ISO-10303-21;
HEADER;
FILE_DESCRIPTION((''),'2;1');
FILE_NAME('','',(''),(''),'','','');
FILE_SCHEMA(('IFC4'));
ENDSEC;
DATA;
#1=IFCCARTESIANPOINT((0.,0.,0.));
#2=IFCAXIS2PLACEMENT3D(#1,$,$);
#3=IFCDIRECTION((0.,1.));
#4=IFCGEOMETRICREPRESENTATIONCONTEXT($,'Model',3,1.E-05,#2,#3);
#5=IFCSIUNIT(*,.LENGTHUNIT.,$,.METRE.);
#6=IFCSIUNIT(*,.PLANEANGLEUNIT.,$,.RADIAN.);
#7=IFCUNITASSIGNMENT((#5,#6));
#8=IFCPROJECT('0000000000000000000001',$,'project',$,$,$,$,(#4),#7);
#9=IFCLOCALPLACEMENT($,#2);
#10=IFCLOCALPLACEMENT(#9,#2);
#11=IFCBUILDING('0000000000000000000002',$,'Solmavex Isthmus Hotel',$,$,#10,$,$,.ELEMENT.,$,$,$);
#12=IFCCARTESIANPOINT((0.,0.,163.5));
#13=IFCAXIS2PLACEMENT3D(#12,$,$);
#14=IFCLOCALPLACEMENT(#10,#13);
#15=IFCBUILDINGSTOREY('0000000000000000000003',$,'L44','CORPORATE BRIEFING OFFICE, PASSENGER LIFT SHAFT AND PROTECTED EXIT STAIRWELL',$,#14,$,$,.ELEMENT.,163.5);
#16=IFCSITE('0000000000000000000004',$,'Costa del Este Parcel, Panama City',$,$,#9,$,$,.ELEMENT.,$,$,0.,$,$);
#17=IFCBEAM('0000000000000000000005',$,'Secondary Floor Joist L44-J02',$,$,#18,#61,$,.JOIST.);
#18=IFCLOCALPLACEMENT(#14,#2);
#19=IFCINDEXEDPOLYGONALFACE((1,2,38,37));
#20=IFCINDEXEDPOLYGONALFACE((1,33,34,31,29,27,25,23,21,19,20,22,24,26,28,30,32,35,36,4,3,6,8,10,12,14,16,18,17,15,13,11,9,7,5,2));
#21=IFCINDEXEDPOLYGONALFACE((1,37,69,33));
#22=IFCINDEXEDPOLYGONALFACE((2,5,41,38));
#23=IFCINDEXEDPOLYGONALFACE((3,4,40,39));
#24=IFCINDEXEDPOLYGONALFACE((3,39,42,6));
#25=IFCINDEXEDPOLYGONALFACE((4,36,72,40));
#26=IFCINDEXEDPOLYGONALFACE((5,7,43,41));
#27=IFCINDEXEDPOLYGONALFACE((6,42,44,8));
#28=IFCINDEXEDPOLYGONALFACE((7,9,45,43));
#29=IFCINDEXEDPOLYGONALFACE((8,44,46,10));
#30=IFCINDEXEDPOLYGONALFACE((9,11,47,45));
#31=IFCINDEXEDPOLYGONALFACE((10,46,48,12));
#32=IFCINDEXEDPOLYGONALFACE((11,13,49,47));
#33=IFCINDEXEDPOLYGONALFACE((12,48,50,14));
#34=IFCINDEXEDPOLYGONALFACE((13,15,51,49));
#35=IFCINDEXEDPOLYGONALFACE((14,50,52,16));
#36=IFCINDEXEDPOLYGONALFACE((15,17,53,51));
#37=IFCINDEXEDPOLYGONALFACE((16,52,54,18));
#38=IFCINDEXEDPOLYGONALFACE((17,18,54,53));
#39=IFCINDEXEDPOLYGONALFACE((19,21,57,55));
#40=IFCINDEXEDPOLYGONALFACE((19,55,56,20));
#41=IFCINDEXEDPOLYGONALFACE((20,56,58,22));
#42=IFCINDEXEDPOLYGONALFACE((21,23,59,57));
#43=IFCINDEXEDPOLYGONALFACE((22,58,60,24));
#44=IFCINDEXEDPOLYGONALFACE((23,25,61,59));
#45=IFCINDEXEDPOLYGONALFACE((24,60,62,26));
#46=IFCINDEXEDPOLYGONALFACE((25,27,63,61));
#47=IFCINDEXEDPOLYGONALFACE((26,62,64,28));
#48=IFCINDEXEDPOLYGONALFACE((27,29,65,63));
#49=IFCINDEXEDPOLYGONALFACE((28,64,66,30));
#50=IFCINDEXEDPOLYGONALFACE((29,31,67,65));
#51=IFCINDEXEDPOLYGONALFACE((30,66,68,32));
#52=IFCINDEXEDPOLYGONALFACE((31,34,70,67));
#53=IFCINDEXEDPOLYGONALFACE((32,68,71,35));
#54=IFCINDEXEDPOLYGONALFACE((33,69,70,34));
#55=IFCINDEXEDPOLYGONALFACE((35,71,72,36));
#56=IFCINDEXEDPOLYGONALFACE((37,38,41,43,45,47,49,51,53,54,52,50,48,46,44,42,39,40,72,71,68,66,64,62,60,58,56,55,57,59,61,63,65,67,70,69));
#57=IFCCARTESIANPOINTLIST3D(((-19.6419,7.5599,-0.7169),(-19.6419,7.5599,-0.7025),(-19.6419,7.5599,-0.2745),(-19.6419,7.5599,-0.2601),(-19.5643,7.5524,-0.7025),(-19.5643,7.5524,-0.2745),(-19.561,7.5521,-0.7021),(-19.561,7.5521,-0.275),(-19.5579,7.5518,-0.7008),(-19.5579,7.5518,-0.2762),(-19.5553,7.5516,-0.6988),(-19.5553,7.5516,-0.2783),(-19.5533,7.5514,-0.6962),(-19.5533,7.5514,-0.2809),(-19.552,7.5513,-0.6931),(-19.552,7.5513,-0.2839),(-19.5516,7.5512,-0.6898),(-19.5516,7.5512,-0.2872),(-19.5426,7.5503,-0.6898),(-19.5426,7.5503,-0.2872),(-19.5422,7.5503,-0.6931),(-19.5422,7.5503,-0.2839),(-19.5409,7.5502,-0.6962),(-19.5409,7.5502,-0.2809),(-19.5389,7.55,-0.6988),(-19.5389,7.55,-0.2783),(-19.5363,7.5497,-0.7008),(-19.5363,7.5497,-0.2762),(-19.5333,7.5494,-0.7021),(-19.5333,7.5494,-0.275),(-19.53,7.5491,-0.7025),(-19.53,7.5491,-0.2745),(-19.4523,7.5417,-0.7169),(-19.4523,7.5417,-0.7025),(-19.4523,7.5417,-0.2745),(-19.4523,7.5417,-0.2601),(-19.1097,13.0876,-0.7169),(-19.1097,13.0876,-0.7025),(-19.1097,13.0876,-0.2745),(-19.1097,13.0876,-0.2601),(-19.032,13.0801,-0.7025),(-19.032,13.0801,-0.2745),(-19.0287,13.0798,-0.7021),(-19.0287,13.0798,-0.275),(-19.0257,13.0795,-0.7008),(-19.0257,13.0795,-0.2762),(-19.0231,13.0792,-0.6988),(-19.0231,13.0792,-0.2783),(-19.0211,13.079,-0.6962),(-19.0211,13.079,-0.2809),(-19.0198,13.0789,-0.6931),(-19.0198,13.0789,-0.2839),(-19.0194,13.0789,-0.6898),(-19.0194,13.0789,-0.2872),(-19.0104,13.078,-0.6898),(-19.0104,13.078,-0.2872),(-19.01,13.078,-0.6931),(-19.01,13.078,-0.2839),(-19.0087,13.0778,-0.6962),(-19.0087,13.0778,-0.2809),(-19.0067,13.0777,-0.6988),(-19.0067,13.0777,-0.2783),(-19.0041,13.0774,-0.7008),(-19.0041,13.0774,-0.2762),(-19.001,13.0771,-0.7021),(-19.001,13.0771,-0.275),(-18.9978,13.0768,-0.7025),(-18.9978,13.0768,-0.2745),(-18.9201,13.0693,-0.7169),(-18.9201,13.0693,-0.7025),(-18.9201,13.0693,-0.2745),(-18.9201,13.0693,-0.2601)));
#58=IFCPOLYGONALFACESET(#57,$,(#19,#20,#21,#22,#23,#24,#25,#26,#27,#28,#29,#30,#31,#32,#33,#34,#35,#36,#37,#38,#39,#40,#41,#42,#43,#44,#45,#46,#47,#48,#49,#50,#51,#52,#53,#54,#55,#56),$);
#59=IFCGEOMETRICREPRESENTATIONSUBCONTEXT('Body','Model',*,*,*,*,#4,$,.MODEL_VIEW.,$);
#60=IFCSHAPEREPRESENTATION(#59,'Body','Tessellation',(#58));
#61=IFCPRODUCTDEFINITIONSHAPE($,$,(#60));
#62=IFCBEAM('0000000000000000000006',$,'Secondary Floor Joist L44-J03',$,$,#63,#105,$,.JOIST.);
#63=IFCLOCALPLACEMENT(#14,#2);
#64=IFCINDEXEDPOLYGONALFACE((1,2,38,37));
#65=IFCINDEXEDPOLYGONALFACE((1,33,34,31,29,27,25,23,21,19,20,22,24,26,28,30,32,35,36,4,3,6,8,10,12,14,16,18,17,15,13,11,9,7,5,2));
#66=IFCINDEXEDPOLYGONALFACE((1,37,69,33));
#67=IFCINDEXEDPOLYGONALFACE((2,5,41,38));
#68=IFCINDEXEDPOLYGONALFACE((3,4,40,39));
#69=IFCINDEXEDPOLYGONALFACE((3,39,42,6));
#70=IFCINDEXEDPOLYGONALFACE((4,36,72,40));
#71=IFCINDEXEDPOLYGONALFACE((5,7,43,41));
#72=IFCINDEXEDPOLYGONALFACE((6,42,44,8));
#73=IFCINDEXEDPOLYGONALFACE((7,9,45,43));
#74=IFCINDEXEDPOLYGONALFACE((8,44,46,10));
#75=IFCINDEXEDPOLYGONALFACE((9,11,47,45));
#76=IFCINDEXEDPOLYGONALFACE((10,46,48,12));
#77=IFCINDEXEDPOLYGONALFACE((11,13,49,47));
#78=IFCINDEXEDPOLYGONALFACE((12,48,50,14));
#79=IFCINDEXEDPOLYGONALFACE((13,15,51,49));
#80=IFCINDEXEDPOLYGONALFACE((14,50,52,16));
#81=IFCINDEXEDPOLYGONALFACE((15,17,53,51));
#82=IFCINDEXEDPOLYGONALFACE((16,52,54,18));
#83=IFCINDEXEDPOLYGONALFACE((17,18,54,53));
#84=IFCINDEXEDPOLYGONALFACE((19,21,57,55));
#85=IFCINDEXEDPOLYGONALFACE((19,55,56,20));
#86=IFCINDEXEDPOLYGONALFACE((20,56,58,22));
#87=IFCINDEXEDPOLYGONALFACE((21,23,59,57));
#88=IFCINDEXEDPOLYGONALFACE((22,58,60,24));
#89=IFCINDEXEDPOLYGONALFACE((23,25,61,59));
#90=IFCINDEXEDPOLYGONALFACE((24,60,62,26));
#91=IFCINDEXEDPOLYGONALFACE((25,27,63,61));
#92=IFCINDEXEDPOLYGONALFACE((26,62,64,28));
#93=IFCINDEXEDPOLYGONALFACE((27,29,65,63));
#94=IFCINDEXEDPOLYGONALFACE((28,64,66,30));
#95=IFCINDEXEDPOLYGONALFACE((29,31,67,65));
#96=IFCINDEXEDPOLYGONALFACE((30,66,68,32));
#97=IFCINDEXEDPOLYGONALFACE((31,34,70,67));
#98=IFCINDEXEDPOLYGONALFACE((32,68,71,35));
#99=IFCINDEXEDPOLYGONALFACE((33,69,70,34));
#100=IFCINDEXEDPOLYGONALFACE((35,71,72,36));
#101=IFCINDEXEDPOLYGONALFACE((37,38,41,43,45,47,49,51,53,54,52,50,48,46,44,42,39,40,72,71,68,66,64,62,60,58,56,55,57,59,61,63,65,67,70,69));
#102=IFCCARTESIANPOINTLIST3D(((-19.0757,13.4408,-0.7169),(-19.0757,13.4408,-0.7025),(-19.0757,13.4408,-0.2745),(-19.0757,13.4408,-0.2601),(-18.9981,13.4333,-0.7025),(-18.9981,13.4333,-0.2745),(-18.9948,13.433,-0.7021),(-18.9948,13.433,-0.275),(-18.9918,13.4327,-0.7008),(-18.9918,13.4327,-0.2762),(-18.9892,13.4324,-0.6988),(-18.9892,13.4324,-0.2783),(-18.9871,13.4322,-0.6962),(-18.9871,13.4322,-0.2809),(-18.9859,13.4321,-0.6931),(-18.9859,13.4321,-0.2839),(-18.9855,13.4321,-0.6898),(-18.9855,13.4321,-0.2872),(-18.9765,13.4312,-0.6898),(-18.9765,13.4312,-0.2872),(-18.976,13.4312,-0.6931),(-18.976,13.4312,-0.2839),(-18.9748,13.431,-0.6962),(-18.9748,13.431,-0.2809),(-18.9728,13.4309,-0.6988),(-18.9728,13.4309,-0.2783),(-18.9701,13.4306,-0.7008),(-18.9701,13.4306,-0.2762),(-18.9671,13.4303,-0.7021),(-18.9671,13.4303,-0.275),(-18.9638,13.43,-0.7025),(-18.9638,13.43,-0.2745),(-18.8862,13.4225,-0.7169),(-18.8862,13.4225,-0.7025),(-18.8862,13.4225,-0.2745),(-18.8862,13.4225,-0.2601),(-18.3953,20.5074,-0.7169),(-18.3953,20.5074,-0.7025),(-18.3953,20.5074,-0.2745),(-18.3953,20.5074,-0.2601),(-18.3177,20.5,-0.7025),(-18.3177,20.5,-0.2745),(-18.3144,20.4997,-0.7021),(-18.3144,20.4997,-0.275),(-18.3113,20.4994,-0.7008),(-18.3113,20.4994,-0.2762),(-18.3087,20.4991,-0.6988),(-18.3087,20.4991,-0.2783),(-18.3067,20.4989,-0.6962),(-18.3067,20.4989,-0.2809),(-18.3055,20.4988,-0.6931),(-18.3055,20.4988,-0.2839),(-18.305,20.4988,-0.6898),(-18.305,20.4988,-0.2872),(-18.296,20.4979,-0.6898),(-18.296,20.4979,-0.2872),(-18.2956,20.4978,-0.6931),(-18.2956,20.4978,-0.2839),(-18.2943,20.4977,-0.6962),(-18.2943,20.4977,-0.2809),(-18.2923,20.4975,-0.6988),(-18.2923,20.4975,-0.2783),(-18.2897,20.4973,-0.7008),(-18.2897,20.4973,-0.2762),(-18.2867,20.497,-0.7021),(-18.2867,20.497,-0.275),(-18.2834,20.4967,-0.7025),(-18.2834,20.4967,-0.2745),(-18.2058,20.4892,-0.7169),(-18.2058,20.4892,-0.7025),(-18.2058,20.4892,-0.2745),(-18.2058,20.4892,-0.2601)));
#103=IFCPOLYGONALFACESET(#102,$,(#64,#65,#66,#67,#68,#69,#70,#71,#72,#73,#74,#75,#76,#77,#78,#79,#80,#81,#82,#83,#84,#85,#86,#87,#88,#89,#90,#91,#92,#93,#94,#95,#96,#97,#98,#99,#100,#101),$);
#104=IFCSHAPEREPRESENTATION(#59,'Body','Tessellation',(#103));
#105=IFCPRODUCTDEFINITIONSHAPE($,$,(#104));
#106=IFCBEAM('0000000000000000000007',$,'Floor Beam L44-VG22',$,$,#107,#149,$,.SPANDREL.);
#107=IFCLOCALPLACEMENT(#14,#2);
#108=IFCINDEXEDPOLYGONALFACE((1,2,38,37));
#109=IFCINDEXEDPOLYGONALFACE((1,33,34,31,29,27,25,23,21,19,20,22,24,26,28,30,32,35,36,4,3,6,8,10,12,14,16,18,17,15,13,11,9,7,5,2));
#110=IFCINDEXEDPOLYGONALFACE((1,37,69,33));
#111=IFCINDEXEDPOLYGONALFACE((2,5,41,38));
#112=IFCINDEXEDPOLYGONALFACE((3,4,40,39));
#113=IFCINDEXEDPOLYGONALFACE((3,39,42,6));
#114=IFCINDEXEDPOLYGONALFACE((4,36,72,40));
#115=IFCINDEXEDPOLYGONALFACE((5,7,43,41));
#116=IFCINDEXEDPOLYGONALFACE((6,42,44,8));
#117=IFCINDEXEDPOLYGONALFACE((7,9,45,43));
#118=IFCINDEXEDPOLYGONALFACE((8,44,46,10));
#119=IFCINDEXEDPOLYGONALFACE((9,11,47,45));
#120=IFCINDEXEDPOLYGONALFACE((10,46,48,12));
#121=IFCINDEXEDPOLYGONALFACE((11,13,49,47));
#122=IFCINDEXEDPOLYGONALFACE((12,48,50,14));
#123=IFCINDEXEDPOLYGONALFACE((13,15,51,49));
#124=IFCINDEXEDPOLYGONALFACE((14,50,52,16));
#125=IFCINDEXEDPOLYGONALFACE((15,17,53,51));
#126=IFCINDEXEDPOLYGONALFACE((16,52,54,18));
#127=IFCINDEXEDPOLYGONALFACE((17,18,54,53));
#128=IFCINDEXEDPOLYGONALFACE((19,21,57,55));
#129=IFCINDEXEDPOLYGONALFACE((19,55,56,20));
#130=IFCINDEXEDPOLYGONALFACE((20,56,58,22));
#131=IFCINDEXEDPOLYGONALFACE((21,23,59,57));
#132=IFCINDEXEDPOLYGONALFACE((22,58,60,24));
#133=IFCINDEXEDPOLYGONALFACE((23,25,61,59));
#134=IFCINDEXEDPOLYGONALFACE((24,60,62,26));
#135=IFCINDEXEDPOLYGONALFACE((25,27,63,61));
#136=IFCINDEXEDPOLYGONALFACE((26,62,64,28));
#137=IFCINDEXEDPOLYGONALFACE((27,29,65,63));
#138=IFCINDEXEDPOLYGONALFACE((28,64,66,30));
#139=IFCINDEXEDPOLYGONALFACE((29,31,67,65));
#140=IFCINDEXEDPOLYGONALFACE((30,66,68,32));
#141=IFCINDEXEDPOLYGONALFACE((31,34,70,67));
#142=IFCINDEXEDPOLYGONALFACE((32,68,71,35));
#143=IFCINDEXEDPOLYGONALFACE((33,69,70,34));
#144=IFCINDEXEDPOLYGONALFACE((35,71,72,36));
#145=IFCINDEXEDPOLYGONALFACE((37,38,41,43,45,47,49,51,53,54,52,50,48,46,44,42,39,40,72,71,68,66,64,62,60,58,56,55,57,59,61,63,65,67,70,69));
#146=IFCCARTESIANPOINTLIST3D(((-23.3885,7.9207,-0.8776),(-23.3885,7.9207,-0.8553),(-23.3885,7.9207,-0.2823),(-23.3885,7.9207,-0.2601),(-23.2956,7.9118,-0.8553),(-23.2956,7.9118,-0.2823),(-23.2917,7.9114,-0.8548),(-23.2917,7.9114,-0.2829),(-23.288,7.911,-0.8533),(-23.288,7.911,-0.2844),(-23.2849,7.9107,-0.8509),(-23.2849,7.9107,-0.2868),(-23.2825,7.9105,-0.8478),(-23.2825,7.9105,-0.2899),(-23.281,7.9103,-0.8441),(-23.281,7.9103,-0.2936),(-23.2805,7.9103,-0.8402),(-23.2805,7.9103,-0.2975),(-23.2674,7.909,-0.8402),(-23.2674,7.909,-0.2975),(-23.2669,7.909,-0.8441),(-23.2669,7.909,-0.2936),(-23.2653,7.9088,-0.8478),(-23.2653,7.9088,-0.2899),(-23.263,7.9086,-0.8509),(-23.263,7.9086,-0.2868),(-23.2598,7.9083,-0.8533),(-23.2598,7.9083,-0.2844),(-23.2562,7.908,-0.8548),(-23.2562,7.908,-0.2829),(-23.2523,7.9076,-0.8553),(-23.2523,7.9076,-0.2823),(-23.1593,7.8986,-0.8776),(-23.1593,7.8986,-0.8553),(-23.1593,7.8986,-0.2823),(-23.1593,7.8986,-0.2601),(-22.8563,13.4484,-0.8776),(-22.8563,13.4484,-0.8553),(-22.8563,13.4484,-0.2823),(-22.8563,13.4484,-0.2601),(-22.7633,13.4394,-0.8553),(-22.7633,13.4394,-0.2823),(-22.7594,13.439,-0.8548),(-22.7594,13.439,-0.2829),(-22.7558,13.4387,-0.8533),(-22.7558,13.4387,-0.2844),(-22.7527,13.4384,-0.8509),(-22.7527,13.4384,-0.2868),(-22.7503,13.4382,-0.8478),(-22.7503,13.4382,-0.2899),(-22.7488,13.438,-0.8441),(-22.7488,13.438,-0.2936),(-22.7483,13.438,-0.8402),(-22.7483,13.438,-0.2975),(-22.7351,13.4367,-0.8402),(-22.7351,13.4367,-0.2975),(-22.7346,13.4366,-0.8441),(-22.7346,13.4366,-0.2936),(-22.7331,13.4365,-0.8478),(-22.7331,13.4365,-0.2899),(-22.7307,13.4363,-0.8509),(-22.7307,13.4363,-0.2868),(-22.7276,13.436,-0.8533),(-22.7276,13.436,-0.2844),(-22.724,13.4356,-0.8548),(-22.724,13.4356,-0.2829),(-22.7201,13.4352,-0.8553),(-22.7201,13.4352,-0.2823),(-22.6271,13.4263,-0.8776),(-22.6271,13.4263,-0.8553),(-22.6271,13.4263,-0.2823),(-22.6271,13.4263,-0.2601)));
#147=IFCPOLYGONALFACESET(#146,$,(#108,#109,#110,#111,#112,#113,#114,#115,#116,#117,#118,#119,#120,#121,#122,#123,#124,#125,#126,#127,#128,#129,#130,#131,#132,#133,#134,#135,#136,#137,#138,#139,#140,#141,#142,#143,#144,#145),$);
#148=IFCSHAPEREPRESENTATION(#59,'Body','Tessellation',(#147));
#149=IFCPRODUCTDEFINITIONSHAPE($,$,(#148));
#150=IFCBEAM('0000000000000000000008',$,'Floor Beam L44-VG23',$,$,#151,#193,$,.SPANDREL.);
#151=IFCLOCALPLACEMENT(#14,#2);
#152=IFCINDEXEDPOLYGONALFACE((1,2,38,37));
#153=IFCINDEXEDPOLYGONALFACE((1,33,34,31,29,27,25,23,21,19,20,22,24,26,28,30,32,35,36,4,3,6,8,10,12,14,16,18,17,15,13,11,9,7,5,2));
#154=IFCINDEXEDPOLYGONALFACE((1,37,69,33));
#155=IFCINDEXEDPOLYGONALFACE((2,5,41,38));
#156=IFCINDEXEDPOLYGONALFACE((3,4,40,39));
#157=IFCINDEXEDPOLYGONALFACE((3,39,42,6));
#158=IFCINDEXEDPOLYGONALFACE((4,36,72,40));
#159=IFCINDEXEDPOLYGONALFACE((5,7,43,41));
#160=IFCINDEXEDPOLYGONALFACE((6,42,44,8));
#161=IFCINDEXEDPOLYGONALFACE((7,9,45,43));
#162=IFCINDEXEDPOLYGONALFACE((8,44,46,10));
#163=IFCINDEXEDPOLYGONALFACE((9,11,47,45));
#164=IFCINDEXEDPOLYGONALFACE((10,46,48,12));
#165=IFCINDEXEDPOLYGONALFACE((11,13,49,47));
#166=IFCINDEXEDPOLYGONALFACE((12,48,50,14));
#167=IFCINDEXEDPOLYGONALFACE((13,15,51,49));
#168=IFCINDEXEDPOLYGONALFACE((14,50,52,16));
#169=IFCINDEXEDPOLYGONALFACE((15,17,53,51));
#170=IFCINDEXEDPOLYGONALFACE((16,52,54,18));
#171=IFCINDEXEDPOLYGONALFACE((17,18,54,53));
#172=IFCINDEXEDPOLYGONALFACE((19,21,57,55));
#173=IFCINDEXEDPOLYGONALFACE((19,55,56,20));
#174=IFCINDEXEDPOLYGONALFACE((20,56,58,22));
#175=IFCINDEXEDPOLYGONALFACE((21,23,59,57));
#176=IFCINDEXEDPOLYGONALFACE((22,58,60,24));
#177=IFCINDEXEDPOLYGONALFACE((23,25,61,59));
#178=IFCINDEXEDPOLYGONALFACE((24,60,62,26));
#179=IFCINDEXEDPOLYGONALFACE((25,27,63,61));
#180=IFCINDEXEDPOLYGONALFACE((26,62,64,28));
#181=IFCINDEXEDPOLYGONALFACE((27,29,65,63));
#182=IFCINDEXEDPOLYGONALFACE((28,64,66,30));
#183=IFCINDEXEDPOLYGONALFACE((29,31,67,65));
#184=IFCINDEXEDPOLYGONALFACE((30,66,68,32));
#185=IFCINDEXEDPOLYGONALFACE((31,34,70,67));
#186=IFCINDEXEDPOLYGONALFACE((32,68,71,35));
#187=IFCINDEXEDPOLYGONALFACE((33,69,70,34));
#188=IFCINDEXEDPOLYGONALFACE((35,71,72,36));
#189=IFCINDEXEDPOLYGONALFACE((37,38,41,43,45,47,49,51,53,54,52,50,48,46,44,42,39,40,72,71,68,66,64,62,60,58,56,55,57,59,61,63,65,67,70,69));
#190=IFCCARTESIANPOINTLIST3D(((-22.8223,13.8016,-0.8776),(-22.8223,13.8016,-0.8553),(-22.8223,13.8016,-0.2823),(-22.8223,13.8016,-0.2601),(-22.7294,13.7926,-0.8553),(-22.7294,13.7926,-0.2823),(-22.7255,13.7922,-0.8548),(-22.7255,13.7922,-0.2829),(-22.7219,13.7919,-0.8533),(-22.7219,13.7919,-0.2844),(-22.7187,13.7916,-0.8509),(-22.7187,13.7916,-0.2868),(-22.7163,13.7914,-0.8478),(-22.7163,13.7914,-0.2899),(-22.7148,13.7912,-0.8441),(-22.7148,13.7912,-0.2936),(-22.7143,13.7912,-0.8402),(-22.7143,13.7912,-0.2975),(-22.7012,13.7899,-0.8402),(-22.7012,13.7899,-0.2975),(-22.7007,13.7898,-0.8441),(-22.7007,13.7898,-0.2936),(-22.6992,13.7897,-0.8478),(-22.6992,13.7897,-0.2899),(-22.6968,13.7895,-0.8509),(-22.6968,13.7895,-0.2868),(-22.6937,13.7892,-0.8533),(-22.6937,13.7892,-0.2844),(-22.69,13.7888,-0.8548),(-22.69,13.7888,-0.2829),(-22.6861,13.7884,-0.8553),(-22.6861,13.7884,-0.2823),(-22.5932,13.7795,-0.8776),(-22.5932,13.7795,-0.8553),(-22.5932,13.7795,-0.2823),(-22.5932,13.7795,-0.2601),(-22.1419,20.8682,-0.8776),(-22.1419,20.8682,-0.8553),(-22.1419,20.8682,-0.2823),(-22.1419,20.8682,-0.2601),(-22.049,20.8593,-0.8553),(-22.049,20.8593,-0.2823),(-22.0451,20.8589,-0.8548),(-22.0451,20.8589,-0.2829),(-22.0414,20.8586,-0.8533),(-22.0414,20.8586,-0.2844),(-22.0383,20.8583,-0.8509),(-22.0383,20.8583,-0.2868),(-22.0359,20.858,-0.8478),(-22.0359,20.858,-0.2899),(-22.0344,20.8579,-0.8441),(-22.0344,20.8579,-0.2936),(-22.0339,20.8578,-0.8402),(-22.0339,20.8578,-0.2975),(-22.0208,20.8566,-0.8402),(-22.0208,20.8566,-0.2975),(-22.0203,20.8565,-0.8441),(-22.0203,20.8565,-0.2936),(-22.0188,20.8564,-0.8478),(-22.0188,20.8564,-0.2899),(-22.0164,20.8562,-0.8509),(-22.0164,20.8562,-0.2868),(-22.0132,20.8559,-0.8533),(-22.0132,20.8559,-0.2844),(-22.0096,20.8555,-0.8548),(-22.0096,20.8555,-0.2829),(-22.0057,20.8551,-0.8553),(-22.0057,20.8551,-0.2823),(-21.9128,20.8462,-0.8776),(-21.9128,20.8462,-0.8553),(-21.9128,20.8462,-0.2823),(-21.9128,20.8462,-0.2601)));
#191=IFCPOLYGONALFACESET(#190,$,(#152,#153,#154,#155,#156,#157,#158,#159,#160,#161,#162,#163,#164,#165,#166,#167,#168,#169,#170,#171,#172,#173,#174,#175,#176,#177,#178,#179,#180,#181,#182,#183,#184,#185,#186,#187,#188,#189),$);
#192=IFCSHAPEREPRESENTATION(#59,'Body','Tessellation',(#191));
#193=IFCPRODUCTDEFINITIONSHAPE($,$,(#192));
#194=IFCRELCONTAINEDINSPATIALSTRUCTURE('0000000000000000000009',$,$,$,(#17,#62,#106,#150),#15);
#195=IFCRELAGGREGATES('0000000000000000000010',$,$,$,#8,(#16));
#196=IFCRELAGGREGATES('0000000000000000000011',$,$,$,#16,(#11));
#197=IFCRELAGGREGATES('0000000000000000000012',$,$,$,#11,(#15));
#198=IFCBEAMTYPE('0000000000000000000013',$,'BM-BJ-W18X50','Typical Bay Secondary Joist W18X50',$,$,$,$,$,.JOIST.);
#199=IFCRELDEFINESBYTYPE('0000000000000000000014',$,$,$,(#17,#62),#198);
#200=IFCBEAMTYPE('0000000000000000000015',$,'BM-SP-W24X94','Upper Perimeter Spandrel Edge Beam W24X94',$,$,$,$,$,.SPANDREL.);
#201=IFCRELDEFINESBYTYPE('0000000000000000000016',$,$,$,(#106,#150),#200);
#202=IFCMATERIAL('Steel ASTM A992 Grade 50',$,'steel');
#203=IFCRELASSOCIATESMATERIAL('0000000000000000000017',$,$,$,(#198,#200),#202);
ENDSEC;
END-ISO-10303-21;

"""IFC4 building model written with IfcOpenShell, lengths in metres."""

from ifc_helpers import new_model, si_unit, direction, frame, origin, origin_2d, place, context, subcontext, project, spatial, i_section, extrude, material, material_profile, profile_set, type_object, element, save


model = new_model("IFC4")

# Units and contexts
model_context = context("Model", 3, precision=1e-05, world=origin(), true_north=direction((0.0, 1.0)))
body_context = subcontext(model_context, "Body", "Model", "MODEL_VIEW")
ifc_project = project(units=[si_unit("LENGTHUNIT", "METRE"), si_unit("PLANEANGLEUNIT", "RADIAN")], contexts=[model_context])

# Site, building, storey
site_placement = place(None, origin())
site = spatial("IfcSite", under=ifc_project, at=site_placement, Name="Costa del Este Parcel, Panama City", CompositionType="ELEMENT", RefElevation=0.0)
building_placement = place(site_placement, origin())
building = spatial("IfcBuilding", under=site, at=building_placement, Name="Solmavex Isthmus Hotel", CompositionType="ELEMENT")
storey_placement = place(building_placement, frame((0.0, 0.0, 163.5)))
storey = spatial("IfcBuildingStorey", under=building, at=storey_placement, Name="L44", Description="CORPORATE BRIEFING OFFICE, PASSENGER LIFT SHAFT AND PROTECTED EXIT STAIRWELL", CompositionType="ELEMENT", Elevation=163.5)

# Beams
ifc_material_1 = material(Name="Steel ASTM A992 Grade 50", Category="steel")
ifc_material_profile_1 = material_profile(ifc_material_1, i_section(OverallWidth=0.1904, OverallDepth=0.4568, WebThickness=0.009, FlangeThickness=0.0144, FilletRadius=0.0127, at=origin_2d()), Name="W18X50")
ifc_profile_set_1 = profile_set([ifc_material_profile_1], Name="Steel ASTM A992 Grade 50")
beam_type_1 = type_object("IfcBeamType", Name="BM-BJ-W18X50", Description="Typical Bay Secondary Joist W18X50", PredefinedType="JOIST", material=ifc_profile_set_1)
beam_1_placement = place(storey_placement, frame((-19.5471, 7.5508, -0.4885), z_axis=(0.095842, 0.995397, 0.0), x_axis=(-0.995397, 0.095842, 0.0)))
element("IfcBeam", 1, at=beam_1_placement, inside=storey, type_object=beam_type_1, Name="Secondary Floor Joist L44-J02", PredefinedType="JOIST", context=body_context, shape_type="SweptSolid", body=[
    extrude(i_section(OverallWidth=0.1904, OverallDepth=0.4568, WebThickness=0.009, FlangeThickness=0.0144, FilletRadius=0.0127, at=origin_2d()), origin(), (0.0, 0.0, 1.0), 5.5532),
])
beam_2_placement = place(storey_placement, frame((-18.981, 13.4316, -0.4885), z_axis=(0.095843, 0.995396, 0.0), x_axis=(-0.995396, 0.095843, 0.0)))
element("IfcBeam", 2, at=beam_2_placement, inside=storey, type_object=beam_type_1, Name="Secondary Floor Joist L44-J03", PredefinedType="JOIST", context=body_context, shape_type="SweptSolid", body=[
    extrude(i_section(OverallWidth=0.1904, OverallDepth=0.4568, WebThickness=0.009, FlangeThickness=0.0144, FilletRadius=0.0127, at=origin_2d()), origin(), (0.0, 0.0, 1.0), 7.0994),
])
ifc_material_profile_2 = material_profile(ifc_material_1, i_section(OverallWidth=0.2302, OverallDepth=0.6174, WebThickness=0.0132, FlangeThickness=0.0222, FilletRadius=0.0151, at=origin_2d()), Name="W24X94")
ifc_profile_set_2 = profile_set([ifc_material_profile_2], Name="Steel ASTM A992 Grade 50")
beam_type_2 = type_object("IfcBeamType", Name="BM-SP-W24X94", Description="Upper Perimeter Spandrel Edge Beam W24X94", PredefinedType="SPANDREL", material=ifc_profile_set_2)
beam_3_placement = place(storey_placement, frame((-23.2739, 7.9097, -0.5688), z_axis=(0.095842, 0.995397, 0.0), x_axis=(-0.995397, 0.095842, 0.0)))
element("IfcBeam", 3, at=beam_3_placement, inside=storey, type_object=beam_type_2, Name="Floor Beam L44-VG22", PredefinedType="SPANDREL", context=body_context, shape_type="SweptSolid", body=[
    extrude(i_section(OverallWidth=0.2302, OverallDepth=0.6174, WebThickness=0.0132, FlangeThickness=0.0222, FilletRadius=0.0151, at=origin_2d()), origin(), (0.0, 0.0, 1.0), 5.5532),
])
beam_4_placement = place(storey_placement, frame((-22.7078, 13.7905, -0.5688), z_axis=(0.095843, 0.995396, 0.0), x_axis=(-0.995396, 0.095843, 0.0)))
element("IfcBeam", 4, at=beam_4_placement, inside=storey, type_object=beam_type_2, Name="Floor Beam L44-VG23", PredefinedType="SPANDREL", context=body_context, shape_type="SweptSolid", body=[
    extrude(i_section(OverallWidth=0.2302, OverallDepth=0.6174, WebThickness=0.0132, FlangeThickness=0.0222, FilletRadius=0.0151, at=origin_2d()), origin(), (0.0, 0.0, 1.0), 7.0994),
])

save(model, "model.ifc")
